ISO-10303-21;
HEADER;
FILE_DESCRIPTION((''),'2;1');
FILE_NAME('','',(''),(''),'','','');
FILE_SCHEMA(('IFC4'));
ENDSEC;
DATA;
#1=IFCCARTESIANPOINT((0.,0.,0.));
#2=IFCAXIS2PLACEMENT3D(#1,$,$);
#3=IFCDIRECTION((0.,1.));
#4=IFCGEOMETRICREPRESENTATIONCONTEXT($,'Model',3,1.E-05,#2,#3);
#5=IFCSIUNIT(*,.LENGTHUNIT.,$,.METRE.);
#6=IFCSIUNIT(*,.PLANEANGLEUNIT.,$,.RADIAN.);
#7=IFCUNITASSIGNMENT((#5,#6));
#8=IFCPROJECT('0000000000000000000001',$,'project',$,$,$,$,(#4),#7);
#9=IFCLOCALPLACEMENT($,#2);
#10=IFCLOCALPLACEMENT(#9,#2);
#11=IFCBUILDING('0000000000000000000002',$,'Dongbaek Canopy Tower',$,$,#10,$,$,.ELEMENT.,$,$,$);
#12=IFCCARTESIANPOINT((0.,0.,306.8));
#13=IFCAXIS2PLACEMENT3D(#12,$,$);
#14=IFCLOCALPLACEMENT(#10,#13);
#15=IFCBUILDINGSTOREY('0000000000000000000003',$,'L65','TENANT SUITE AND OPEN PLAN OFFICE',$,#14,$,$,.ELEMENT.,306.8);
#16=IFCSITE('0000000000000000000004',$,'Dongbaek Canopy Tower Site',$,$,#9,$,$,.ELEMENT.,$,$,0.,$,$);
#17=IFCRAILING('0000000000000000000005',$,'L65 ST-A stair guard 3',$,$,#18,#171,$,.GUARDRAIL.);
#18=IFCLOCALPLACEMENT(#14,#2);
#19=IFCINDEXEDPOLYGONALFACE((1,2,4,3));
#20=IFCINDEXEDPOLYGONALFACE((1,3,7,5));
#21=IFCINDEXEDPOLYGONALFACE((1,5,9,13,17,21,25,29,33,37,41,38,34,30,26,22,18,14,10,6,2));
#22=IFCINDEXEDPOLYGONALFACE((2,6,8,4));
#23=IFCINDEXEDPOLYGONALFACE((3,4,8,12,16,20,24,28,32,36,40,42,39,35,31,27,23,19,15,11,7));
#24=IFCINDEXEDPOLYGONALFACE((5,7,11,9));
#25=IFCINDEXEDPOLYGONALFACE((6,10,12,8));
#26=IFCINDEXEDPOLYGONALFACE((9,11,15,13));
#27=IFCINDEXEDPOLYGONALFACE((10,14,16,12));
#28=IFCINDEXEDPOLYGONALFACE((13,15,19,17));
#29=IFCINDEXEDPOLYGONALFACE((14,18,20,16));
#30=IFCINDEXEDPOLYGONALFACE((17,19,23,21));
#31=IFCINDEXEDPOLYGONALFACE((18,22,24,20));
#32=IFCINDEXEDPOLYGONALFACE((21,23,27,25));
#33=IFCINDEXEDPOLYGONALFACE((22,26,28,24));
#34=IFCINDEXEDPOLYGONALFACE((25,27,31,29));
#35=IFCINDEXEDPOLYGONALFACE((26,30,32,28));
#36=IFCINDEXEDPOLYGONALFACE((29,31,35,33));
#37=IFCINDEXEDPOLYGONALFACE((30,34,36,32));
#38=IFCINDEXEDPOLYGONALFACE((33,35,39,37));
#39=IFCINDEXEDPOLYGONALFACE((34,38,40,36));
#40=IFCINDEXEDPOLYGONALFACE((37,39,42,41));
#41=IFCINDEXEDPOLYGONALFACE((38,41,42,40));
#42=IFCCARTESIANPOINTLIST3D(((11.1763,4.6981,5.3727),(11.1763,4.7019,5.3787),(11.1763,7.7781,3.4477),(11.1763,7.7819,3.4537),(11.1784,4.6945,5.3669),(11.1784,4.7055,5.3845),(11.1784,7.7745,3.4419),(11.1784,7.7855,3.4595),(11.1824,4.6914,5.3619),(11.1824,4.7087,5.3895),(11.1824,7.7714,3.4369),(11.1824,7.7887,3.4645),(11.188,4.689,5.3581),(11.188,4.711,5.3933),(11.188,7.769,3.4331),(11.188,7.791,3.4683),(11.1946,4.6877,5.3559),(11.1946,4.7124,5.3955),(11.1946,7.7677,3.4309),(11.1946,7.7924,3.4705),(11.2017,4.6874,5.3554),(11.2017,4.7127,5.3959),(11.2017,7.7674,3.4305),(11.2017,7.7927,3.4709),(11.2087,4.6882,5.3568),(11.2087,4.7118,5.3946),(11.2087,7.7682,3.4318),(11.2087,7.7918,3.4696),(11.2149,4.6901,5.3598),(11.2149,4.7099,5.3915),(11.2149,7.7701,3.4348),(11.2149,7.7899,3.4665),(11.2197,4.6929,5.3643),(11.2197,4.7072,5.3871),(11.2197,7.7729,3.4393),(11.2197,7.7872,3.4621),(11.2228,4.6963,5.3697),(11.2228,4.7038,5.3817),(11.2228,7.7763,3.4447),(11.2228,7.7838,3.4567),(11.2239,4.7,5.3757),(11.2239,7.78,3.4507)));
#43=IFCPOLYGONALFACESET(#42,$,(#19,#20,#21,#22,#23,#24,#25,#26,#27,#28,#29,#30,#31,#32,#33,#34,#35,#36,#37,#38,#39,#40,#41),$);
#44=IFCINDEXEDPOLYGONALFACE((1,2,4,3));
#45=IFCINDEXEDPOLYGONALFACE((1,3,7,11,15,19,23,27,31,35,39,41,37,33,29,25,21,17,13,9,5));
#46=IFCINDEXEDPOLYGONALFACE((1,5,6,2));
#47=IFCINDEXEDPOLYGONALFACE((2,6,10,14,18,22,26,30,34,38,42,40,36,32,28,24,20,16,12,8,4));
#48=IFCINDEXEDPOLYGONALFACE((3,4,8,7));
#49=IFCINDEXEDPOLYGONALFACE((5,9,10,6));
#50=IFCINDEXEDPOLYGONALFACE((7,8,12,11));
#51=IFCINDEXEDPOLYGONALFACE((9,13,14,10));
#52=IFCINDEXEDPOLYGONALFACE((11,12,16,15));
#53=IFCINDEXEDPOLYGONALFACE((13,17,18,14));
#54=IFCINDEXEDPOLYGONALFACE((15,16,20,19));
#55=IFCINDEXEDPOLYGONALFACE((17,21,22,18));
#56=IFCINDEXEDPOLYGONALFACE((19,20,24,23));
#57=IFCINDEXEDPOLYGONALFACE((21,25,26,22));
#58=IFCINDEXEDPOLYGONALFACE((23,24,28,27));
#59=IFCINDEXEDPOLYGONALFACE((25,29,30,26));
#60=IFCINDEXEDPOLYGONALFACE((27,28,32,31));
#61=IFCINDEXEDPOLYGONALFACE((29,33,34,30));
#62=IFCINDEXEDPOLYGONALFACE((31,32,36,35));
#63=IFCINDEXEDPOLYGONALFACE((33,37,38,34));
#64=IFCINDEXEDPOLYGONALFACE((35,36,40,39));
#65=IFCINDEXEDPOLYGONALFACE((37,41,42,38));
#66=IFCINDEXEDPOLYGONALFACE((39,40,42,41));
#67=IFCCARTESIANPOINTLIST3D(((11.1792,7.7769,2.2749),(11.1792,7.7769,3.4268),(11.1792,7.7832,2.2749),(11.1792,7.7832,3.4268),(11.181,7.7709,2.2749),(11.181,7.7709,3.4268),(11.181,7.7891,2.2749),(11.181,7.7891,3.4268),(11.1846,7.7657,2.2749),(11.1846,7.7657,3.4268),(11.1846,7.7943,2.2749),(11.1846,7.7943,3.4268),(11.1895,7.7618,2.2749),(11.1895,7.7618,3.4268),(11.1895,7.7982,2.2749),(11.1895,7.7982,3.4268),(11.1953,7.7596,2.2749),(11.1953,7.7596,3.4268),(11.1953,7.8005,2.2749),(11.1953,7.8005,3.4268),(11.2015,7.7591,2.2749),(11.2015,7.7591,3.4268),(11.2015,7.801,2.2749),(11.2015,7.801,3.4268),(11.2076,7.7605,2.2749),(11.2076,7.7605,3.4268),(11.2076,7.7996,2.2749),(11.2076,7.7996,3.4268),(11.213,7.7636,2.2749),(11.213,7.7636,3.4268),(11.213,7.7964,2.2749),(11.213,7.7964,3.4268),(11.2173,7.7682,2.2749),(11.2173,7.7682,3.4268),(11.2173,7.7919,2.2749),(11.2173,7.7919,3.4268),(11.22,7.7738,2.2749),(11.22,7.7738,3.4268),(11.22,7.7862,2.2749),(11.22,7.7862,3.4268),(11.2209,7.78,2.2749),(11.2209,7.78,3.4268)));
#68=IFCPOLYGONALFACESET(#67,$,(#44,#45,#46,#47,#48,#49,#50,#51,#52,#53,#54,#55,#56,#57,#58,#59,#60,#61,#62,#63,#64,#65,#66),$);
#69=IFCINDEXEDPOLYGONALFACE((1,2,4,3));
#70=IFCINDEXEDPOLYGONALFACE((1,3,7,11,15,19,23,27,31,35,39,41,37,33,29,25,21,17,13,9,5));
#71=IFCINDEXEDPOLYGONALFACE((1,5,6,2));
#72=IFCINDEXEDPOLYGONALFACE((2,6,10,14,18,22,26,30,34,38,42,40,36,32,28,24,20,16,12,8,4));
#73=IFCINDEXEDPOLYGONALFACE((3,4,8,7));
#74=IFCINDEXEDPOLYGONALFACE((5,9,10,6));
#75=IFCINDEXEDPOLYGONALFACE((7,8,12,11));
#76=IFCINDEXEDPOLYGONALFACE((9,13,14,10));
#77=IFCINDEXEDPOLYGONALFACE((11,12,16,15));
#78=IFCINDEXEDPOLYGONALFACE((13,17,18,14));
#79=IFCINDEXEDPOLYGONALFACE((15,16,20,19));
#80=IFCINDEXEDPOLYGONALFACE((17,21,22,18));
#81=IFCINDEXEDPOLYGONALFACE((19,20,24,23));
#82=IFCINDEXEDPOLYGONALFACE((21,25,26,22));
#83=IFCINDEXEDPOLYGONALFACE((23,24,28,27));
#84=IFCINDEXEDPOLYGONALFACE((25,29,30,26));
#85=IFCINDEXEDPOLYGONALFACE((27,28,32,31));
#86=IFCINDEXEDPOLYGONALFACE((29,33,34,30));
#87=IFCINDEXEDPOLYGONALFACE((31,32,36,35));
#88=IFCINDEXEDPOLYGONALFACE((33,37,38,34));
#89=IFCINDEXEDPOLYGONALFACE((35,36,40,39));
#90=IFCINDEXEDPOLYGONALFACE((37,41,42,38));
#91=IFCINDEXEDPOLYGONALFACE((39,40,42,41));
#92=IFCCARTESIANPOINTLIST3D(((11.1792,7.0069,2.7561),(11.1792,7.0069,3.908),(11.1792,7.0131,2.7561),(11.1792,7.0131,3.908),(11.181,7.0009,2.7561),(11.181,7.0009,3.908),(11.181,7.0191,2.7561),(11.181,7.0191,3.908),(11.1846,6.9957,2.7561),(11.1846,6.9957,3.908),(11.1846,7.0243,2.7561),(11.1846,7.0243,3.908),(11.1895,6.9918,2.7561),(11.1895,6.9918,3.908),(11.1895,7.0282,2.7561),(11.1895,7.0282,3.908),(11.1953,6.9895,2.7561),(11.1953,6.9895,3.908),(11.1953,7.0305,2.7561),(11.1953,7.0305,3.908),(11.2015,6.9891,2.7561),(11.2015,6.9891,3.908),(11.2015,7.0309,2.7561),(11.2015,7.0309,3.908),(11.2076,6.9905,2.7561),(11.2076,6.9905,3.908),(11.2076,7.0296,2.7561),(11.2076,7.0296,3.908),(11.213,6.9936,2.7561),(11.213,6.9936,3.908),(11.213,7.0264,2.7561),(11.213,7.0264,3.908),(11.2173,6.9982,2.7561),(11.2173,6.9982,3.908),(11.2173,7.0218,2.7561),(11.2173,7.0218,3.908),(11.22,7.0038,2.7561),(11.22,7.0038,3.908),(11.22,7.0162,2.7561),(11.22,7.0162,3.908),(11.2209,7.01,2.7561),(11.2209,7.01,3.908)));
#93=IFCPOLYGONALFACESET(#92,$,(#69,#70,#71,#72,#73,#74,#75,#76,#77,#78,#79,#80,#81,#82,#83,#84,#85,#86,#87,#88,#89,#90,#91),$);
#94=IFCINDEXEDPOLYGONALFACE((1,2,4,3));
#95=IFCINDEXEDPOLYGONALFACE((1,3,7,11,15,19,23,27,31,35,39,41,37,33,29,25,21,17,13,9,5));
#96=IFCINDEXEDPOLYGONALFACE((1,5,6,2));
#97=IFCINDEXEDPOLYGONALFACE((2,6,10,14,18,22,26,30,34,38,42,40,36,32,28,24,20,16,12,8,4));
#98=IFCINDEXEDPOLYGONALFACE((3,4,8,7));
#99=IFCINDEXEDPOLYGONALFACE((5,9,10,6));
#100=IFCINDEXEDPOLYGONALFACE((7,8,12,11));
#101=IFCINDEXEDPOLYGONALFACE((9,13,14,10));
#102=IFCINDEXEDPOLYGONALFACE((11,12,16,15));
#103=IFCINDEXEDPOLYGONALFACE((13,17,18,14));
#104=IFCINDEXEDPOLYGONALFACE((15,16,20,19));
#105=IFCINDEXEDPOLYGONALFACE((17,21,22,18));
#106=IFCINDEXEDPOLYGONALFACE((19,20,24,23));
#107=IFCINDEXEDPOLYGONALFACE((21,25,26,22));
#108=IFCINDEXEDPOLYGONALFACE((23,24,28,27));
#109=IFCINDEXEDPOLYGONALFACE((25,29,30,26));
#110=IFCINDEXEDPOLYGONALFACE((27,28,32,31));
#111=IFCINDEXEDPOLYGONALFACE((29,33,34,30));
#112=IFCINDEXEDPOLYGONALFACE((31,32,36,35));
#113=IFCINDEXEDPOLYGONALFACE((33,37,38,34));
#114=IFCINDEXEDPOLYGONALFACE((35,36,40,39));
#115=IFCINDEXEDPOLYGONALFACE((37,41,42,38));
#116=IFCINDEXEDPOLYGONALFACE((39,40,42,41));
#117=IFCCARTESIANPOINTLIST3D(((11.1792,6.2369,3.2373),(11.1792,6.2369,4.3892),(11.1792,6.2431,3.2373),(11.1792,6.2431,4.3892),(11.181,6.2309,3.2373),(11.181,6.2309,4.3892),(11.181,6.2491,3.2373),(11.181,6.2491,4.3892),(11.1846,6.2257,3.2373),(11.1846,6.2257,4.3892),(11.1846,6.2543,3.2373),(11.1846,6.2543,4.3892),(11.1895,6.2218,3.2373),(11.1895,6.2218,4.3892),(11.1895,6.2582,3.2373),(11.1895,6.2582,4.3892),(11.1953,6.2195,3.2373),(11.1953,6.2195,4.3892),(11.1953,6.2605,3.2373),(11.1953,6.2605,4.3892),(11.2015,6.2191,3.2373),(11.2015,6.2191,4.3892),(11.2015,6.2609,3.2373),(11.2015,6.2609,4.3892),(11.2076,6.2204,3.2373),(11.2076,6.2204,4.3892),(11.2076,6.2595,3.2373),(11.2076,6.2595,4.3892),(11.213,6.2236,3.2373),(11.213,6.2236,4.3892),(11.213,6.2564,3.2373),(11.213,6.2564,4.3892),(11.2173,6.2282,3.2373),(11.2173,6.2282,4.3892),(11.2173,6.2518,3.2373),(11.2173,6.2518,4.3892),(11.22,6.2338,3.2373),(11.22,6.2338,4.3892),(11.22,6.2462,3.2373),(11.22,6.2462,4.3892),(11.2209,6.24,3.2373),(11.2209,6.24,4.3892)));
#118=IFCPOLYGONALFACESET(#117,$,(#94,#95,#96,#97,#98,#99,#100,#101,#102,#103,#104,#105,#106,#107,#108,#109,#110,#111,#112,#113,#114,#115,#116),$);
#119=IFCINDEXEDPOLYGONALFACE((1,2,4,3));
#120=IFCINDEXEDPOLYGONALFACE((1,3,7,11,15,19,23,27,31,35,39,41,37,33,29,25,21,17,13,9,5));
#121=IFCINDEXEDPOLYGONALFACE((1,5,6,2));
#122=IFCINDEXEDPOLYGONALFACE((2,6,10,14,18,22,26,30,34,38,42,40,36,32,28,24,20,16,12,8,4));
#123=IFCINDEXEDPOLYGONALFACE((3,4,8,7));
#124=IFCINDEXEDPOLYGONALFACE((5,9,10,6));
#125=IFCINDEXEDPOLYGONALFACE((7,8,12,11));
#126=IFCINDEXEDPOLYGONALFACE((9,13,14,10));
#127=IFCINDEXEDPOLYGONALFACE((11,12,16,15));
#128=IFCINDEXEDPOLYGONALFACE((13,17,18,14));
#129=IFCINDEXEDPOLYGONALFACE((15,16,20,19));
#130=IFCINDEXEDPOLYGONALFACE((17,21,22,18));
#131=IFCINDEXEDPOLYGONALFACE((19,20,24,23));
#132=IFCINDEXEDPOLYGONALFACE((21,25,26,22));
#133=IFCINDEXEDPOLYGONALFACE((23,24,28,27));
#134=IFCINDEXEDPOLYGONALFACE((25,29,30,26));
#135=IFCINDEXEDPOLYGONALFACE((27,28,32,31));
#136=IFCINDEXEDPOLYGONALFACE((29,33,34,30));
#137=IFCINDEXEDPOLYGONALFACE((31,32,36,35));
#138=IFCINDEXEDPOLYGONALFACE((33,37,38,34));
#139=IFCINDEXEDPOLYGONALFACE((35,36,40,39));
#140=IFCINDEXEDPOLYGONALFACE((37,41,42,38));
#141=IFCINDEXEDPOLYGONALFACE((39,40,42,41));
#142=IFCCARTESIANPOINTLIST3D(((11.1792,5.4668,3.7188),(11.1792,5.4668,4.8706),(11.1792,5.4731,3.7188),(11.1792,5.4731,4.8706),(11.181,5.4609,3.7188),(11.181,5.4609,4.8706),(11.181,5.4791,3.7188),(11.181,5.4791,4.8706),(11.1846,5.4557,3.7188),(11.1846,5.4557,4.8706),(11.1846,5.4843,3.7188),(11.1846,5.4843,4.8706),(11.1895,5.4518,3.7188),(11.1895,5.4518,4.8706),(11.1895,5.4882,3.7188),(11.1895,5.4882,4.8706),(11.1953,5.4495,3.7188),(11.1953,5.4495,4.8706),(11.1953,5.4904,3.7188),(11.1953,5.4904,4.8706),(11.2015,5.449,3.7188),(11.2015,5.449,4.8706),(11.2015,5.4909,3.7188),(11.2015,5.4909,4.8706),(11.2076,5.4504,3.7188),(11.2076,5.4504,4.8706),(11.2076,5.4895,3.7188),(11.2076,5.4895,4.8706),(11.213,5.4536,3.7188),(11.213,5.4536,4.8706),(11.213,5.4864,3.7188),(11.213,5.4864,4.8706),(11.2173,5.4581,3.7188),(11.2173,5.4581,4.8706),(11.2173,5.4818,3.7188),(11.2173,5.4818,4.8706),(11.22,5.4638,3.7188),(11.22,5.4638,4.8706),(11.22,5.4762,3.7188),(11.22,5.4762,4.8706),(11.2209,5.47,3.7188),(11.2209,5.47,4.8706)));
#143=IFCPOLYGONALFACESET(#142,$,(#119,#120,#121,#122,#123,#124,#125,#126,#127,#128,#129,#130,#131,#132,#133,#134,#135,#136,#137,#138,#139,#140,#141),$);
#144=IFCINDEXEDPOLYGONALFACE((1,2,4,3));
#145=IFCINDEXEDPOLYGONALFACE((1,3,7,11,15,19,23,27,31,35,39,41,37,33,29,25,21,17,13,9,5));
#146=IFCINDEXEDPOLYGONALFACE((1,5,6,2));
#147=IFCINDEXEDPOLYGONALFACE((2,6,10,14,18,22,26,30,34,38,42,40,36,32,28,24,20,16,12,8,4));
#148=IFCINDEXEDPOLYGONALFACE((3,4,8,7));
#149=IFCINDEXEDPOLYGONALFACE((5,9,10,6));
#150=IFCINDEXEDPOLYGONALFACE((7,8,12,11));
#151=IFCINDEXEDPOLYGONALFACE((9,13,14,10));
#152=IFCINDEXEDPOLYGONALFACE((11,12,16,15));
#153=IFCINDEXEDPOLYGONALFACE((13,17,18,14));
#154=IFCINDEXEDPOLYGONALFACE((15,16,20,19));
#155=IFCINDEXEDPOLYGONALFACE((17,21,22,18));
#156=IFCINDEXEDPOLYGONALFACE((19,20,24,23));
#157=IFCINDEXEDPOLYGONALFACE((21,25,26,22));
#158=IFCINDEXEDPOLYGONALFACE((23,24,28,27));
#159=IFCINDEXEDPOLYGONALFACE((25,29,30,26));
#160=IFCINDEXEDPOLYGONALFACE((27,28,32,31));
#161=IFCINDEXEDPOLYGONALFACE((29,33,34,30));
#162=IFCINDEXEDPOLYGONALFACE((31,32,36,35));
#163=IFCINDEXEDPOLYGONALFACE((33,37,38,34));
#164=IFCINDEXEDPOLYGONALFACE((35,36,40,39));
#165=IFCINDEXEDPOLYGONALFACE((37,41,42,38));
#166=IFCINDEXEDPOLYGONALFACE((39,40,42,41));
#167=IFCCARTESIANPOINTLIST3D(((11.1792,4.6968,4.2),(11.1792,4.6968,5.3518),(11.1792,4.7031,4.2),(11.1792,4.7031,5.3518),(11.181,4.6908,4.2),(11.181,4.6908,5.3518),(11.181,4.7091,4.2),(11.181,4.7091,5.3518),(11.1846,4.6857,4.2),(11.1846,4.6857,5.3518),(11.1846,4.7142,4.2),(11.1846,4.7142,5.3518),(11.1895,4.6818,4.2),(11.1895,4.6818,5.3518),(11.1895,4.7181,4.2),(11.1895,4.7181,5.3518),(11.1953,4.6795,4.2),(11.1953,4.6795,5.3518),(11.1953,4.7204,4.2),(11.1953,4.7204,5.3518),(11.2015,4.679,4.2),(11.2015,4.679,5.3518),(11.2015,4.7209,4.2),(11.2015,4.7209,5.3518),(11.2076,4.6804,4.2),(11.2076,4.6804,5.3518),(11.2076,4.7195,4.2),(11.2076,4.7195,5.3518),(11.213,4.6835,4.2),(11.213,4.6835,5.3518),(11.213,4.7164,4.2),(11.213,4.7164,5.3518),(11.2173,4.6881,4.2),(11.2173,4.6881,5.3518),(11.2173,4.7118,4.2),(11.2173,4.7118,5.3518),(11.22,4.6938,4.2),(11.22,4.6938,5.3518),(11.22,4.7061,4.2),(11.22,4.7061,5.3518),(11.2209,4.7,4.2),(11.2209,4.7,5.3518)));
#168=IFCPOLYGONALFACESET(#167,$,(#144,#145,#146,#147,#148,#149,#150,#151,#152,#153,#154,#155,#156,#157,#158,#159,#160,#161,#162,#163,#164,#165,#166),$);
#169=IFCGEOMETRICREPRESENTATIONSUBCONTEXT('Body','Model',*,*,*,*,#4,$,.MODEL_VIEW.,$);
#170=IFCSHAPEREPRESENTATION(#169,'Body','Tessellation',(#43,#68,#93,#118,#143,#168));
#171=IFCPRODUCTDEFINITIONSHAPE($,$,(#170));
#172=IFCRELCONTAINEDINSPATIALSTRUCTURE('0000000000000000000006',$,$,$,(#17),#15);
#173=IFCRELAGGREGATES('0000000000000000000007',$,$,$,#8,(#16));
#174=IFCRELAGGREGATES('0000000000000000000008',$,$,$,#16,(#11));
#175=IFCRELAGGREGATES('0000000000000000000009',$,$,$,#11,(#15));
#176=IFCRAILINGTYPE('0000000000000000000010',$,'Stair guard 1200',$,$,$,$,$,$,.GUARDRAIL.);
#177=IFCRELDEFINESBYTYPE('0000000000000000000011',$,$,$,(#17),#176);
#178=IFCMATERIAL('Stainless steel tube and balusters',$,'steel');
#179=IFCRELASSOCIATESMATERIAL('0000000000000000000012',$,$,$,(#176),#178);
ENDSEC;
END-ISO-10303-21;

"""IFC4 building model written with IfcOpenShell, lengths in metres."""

from ifc_helpers import new_model, si_unit, direction, frame, origin, origin_2d, place, context, subcontext, project, spatial, circle, extrude, material, type_object, element, save


model = new_model("IFC4")

# Units and contexts
model_context = context("Model", 3, precision=1e-05, world=origin(), true_north=direction((0.0, 1.0)))
body_context = subcontext(model_context, "Body", "Model", "MODEL_VIEW")
ifc_project = project(units=[si_unit("LENGTHUNIT", "METRE"), si_unit("PLANEANGLEUNIT", "RADIAN")], contexts=[model_context])

# Site, building, storey
site_placement = place(None, origin())
site = spatial("IfcSite", under=ifc_project, at=site_placement, Name="Dongbaek Canopy Tower Site", CompositionType="ELEMENT", RefElevation=0.0)
building_placement = place(site_placement, origin())
building = spatial("IfcBuilding", under=site, at=building_placement, Name="Dongbaek Canopy Tower", CompositionType="ELEMENT")
storey_placement = place(building_placement, frame((0.0, 0.0, 306.8)))
storey = spatial("IfcBuildingStorey", under=building, at=storey_placement, Name="L65", Description="TENANT SUITE AND OPEN PLAN OFFICE", CompositionType="ELEMENT", Elevation=306.8)

# Railing
ifc_material_1 = material(Name="Stainless steel tube and balusters", Category="steel")
railing_type_1 = type_object("IfcRailingType", Name="Stair guard 1200", PredefinedType="GUARDRAIL", material=ifc_material_1)
railing_1_placement = place(storey_placement, frame((11.2, 7.78, 2.2749)))
element("IfcRailing", 1, at=railing_1_placement, inside=storey, type_object=railing_type_1, Name="L65 ST-A stair guard 3", PredefinedType="GUARDRAIL", context=body_context, shape_type="SweptSolid", body=[
    extrude(circle(Radius=0.0239, at=origin_2d()), frame((0.0, 0.0, 1.1758), z_axis=(0.0, -0.847998, 0.529999), x_axis=(1.0, 0.0, 0.0)), (0.0, 0.0, 1.0), 3.6321),
    extrude(circle(Radius=0.021, at=origin_2d()), origin(), (0.0, 0.0, 1.0), 1.1519),
    extrude(circle(Radius=0.021, at=origin_2d()), frame((0.0, -0.77, 0.4812)), (0.0, 0.0, 1.0), 1.1519),
    extrude(circle(Radius=0.021, at=origin_2d()), frame((0.0, -1.54, 0.9624)), (0.0, 0.0, 1.0), 1.1519),
    extrude(circle(Radius=0.021, at=origin_2d()), frame((0.0, -2.3101, 1.4438)), (0.0, 0.0, 1.0), 1.1519),
    extrude(circle(Radius=0.021, at=origin_2d()), frame((0.0, -3.0801, 1.925)), (0.0, 0.0, 1.0), 1.1519),
])

save(model, "model.ifc")
